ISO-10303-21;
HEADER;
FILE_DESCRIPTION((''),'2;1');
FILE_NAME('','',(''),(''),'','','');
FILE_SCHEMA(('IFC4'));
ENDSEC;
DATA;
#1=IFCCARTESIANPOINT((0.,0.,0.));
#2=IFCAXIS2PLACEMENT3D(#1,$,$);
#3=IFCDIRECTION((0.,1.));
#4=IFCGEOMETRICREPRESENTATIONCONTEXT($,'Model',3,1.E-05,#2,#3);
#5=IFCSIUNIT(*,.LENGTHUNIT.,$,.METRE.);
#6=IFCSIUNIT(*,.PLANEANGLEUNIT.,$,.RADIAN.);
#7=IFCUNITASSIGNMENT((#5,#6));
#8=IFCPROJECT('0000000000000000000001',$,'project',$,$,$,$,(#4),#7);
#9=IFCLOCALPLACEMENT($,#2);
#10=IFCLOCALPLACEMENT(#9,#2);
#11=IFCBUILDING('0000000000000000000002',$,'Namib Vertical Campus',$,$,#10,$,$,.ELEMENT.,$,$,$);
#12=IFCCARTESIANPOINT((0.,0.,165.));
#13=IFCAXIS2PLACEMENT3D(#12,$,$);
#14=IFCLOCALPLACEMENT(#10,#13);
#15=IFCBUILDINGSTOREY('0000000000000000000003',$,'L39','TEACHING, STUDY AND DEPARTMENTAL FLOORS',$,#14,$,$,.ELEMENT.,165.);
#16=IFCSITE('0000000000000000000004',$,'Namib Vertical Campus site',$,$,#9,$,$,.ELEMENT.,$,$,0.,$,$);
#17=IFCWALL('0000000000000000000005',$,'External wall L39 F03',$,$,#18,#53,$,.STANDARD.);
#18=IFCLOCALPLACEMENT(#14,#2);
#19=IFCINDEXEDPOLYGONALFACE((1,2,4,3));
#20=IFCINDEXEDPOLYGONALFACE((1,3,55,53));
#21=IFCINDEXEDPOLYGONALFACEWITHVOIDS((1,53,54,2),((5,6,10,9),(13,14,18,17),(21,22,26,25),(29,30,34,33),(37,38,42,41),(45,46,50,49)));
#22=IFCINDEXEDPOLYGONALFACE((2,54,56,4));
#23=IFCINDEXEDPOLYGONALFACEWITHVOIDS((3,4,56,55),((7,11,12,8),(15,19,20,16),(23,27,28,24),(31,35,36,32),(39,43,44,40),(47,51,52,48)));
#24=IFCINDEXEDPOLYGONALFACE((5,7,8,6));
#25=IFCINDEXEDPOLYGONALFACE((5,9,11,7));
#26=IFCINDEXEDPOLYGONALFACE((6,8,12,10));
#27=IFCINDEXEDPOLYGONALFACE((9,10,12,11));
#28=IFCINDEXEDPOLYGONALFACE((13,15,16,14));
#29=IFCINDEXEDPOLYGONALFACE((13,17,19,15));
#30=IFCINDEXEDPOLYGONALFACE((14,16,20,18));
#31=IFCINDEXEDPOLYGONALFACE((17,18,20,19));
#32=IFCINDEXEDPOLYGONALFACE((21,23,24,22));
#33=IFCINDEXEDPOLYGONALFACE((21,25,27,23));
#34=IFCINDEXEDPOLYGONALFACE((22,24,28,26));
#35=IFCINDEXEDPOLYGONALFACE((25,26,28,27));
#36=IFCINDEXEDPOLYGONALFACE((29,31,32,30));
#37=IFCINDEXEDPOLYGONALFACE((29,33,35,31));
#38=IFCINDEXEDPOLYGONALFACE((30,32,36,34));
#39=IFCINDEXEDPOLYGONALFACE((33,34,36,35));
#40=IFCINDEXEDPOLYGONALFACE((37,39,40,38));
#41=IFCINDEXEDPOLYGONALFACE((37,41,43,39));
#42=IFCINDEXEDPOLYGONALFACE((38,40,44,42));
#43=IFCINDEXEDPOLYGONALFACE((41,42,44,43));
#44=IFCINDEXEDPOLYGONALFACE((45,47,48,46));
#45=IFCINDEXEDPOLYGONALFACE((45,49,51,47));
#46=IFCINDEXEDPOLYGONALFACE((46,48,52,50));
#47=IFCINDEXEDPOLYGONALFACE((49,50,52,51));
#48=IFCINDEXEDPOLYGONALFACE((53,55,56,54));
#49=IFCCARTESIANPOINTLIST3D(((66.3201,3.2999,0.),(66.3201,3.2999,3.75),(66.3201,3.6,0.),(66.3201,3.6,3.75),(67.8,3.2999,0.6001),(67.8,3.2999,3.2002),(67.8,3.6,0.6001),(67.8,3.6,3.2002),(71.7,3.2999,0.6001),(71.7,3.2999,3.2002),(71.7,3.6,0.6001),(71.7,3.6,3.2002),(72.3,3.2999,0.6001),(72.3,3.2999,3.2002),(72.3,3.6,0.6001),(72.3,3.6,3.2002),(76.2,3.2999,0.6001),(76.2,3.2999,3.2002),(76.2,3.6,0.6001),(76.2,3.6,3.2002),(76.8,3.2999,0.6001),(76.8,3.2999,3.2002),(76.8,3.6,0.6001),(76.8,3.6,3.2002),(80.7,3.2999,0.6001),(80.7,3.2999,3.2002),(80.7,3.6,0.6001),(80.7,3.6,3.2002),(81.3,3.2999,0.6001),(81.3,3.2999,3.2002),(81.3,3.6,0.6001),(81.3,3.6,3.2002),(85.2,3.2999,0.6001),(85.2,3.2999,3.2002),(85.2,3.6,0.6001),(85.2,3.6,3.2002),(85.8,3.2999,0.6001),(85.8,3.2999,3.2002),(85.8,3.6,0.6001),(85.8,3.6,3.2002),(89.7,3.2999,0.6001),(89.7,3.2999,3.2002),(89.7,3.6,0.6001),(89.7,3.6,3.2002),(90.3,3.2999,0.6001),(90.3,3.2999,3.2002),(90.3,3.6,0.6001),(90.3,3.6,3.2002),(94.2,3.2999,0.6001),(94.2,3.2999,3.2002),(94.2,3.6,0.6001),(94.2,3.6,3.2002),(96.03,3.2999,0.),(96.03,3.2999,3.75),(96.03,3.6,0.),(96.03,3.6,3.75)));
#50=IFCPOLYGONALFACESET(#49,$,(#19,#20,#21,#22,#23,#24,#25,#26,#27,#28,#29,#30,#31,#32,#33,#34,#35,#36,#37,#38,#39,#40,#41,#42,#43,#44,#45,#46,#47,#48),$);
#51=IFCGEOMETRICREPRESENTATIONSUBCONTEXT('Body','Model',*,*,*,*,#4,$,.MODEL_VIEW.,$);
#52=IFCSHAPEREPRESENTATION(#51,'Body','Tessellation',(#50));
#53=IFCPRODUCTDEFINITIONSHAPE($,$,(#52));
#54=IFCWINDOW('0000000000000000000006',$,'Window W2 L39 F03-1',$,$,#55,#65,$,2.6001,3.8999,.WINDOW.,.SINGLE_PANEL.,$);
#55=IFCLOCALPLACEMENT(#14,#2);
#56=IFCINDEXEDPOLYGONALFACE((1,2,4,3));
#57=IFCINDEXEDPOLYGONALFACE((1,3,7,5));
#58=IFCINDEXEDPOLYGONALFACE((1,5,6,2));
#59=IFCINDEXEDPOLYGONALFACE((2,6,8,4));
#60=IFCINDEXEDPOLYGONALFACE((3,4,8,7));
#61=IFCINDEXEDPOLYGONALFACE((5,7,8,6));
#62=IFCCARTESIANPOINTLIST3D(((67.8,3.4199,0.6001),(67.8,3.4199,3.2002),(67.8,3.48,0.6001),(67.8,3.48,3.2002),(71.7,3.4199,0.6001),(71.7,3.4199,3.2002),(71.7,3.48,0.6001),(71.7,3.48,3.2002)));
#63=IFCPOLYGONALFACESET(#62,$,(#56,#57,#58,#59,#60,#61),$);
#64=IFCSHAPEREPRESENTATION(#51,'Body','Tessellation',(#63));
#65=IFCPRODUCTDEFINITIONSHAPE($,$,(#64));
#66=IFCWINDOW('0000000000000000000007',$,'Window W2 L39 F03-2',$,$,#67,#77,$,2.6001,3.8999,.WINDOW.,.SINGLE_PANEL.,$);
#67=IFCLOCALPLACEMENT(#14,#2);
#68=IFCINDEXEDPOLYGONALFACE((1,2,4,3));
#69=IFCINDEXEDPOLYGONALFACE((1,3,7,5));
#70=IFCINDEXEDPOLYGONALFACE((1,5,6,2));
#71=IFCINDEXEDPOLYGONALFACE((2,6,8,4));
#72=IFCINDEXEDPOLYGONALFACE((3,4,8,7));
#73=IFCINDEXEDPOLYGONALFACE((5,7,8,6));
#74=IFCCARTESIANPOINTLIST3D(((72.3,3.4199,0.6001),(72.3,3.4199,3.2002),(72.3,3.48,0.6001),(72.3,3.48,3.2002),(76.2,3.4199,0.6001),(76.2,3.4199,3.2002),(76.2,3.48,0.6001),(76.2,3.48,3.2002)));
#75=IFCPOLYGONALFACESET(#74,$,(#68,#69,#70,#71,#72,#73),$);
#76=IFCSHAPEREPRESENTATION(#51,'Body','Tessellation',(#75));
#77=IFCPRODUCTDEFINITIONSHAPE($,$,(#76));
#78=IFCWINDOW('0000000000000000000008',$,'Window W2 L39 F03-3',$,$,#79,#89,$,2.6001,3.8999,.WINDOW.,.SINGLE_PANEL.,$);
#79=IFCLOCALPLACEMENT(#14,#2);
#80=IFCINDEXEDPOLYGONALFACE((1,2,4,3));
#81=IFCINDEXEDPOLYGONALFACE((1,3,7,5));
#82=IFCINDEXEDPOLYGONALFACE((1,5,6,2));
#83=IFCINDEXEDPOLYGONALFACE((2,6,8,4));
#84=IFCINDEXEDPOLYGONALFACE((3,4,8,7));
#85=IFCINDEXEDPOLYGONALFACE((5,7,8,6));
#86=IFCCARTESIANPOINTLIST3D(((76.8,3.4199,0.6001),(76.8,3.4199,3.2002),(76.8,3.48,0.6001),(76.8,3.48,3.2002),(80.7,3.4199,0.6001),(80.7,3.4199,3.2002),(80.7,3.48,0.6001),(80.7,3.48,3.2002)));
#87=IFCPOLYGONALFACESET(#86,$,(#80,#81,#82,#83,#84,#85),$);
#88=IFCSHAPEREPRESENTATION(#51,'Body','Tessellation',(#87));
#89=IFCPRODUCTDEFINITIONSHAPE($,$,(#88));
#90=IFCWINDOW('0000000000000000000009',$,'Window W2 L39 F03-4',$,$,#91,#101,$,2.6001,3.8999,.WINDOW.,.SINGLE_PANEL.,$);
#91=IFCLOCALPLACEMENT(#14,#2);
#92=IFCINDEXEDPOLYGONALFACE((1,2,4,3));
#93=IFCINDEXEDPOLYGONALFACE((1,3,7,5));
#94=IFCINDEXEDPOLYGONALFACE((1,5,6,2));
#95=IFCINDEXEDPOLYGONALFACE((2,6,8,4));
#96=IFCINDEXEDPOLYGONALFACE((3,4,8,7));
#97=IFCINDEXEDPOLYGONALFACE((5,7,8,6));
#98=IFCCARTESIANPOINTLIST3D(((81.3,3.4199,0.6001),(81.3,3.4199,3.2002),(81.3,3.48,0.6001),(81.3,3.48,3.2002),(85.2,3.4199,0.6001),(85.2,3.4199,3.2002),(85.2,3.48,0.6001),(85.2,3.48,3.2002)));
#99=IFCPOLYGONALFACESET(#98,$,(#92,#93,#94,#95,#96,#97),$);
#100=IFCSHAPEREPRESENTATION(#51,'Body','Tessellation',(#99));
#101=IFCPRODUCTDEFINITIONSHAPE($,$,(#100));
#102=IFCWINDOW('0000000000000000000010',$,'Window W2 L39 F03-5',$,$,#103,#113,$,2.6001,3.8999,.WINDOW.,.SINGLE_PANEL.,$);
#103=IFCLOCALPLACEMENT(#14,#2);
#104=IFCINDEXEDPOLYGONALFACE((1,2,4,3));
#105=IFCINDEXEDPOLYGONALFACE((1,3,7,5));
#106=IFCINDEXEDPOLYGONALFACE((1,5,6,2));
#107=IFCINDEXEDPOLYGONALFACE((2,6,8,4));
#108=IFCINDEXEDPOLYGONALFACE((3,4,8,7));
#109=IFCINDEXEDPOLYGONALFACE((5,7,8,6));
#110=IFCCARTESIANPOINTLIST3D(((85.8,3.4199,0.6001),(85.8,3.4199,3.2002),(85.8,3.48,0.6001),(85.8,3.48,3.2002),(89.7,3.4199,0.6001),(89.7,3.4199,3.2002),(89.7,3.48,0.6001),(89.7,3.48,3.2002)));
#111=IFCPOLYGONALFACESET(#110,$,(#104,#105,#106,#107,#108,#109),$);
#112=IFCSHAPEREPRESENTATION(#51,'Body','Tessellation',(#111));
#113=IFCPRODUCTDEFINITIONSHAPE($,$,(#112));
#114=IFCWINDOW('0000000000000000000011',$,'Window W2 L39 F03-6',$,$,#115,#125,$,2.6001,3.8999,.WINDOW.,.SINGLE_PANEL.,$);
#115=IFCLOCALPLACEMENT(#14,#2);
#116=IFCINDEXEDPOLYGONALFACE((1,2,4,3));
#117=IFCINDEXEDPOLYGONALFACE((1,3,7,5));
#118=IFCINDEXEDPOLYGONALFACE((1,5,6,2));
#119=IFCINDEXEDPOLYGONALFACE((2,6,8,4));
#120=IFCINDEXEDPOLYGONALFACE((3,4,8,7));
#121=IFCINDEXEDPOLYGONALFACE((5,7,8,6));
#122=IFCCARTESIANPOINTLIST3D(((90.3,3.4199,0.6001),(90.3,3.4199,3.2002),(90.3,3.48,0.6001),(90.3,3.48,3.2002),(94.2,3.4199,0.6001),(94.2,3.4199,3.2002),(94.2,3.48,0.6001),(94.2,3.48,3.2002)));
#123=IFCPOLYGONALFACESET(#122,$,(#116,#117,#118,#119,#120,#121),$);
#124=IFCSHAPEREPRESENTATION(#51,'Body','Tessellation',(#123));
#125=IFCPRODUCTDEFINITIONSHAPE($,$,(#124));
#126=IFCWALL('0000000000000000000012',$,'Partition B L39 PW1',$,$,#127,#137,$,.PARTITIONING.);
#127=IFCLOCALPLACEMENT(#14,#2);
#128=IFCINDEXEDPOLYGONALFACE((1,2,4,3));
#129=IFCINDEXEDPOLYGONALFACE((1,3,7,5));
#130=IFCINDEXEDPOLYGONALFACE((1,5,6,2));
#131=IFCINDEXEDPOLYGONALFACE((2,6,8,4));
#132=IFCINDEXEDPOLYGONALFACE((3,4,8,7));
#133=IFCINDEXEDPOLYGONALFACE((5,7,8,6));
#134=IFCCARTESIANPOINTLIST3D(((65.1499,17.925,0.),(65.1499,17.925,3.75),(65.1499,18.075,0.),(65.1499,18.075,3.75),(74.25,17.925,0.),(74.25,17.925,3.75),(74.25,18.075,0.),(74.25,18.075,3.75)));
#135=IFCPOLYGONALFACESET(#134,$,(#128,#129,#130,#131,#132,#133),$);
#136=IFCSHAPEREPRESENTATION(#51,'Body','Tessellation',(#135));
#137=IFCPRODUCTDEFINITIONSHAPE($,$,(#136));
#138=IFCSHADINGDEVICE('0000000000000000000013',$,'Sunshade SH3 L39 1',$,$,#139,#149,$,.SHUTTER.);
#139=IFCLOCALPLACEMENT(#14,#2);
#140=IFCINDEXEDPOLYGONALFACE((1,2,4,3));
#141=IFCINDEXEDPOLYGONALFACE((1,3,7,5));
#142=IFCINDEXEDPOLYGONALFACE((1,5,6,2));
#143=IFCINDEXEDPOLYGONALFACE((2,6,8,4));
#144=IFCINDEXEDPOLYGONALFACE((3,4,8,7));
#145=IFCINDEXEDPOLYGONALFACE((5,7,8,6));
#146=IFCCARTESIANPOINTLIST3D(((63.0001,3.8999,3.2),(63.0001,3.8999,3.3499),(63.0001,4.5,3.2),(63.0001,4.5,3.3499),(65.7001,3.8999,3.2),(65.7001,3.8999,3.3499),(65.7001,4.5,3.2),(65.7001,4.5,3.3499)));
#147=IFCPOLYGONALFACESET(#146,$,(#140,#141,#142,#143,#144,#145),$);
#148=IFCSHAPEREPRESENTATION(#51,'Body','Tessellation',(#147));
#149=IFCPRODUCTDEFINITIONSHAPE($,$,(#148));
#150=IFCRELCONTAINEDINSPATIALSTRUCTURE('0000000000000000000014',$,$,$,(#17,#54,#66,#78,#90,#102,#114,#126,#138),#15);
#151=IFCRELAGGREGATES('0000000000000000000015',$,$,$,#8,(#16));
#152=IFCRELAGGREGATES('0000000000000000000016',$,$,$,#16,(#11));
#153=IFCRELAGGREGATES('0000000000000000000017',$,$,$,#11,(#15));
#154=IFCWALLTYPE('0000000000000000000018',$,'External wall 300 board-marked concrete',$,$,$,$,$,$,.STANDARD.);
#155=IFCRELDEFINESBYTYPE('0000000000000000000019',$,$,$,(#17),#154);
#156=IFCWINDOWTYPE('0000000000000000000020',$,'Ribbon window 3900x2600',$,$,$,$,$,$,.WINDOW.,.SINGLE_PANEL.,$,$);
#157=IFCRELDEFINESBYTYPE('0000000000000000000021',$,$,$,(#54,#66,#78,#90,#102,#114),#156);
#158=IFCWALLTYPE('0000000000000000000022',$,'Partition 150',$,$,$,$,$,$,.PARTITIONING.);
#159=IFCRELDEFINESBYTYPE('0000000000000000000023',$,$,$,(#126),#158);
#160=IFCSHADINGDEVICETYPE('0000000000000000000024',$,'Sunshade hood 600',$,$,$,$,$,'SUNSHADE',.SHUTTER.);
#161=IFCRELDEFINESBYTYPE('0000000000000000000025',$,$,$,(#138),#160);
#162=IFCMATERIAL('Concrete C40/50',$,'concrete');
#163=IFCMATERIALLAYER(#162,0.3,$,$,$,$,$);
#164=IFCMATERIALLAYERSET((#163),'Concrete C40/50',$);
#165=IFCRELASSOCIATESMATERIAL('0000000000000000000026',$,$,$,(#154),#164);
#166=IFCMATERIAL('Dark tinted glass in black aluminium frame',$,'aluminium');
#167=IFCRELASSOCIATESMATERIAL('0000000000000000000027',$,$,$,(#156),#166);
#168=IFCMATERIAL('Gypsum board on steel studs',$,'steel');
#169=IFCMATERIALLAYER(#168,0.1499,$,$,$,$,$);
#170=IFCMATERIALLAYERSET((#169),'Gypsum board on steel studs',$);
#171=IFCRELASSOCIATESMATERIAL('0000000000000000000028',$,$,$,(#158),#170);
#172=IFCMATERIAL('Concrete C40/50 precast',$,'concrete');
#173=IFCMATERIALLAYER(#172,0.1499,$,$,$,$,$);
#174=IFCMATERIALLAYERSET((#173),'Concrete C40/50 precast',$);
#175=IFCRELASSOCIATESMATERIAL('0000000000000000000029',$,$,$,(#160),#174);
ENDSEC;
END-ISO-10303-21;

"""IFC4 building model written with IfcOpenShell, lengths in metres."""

from ifc_helpers import new_model, si_unit, direction, frame, frame_2d, origin, origin_2d, place, context, subcontext, project, spatial, rectangle, extrude, material, layer, layer_set, type_object, element, fill, save


model = new_model("IFC4")

# Units and contexts
model_context = context("Model", 3, precision=1e-05, world=origin(), true_north=direction((0.0, 1.0)))
body_context = subcontext(model_context, "Body", "Model", "MODEL_VIEW")
ifc_project = project(units=[si_unit("LENGTHUNIT", "METRE"), si_unit("PLANEANGLEUNIT", "RADIAN")], contexts=[model_context])

# Site, building, storey
site_placement = place(None, origin())
site = spatial("IfcSite", under=ifc_project, at=site_placement, Name="Namib Vertical Campus site", CompositionType="ELEMENT", RefElevation=0.0)
building_placement = place(site_placement, origin())
building = spatial("IfcBuilding", under=site, at=building_placement, Name="Namib Vertical Campus", CompositionType="ELEMENT")
storey_placement = place(building_placement, frame((0.0, 0.0, 165.0)))
storey = spatial("IfcBuildingStorey", under=building, at=storey_placement, Name="L39", Description="TEACHING, STUDY AND DEPARTMENTAL FLOORS", CompositionType="ELEMENT", Elevation=165.0)

# Shared definitions
ifc_material_1 = material(Name="Concrete C40/50", Category="concrete")
ifc_layer_1 = layer(ifc_material_1, 0.3)
ifc_layer_set_1 = layer_set([ifc_layer_1], Name="Concrete C40/50")
wall_type_1 = type_object("IfcWallType", Name="External wall 300 board-marked concrete", PredefinedType="STANDARD", material=ifc_layer_set_1)

# Wall, openings, windows
wall_1_placement = place(storey_placement, frame((66.3201, 3.45, 0.0), z_axis=(0.0, 0.0, 1.0), x_axis=(1.0, 0.0, 0.0)))
wall_1 = element("IfcWall", 1, at=wall_1_placement, inside=storey, type_object=wall_type_1, Name="External wall L39 F03", PredefinedType="STANDARD", context=body_context, shape_type="SweptSolid", body=[
    extrude(rectangle(XDim=29.71, YDim=0.3, at=frame_2d((14.855, 0.0))), origin(), (0.0, 0.0, 1.0), 3.75),
])
opening_1_placement = place(wall_1_placement, frame((1.48, 0.0, 0.6001)))
opening_1 = element("IfcOpeningElement", 2, at=opening_1_placement, cuts=wall_1, PredefinedType="OPENING", context=body_context, shape_type="SweptSolid", body=[
    extrude(rectangle(XDim=3.8999, YDim=2.6001, at=frame_2d((1.95, 1.3))), frame((0.0, 0.1599, 0.0), z_axis=(0.0, -1.0, 0.0), x_axis=(1.0, 0.0, 0.0)), (0.0, 0.0, 1.0), 0.3201),
])
opening_2_placement = place(wall_1_placement, frame((5.98, 0.0, 0.6001)))
opening_2 = element("IfcOpeningElement", 3, at=opening_2_placement, cuts=wall_1, PredefinedType="OPENING", context=body_context, shape_type="SweptSolid", body=[
    extrude(rectangle(XDim=3.8999, YDim=2.6001, at=frame_2d((1.95, 1.3))), frame((0.0, 0.1599, 0.0), z_axis=(0.0, -1.0, 0.0), x_axis=(1.0, 0.0, 0.0)), (0.0, 0.0, 1.0), 0.3201),
])
opening_3_placement = place(wall_1_placement, frame((10.48, 0.0, 0.6001)))
opening_3 = element("IfcOpeningElement", 4, at=opening_3_placement, cuts=wall_1, PredefinedType="OPENING", context=body_context, shape_type="SweptSolid", body=[
    extrude(rectangle(XDim=3.8999, YDim=2.6001, at=frame_2d((1.95, 1.3))), frame((0.0, 0.1599, 0.0), z_axis=(0.0, -1.0, 0.0), x_axis=(1.0, 0.0, 0.0)), (0.0, 0.0, 1.0), 0.3201),
])
opening_4_placement = place(wall_1_placement, frame((14.98, 0.0, 0.6001)))
opening_4 = element("IfcOpeningElement", 5, at=opening_4_placement, cuts=wall_1, PredefinedType="OPENING", context=body_context, shape_type="SweptSolid", body=[
    extrude(rectangle(XDim=3.8999, YDim=2.6001, at=frame_2d((1.95, 1.3))), frame((0.0, 0.1599, 0.0), z_axis=(0.0, -1.0, 0.0), x_axis=(1.0, 0.0, 0.0)), (0.0, 0.0, 1.0), 0.3201),
])
opening_5_placement = place(wall_1_placement, frame((19.48, 0.0, 0.6001)))
opening_5 = element("IfcOpeningElement", 6, at=opening_5_placement, cuts=wall_1, PredefinedType="OPENING", context=body_context, shape_type="SweptSolid", body=[
    extrude(rectangle(XDim=3.8999, YDim=2.6001, at=frame_2d((1.95, 1.3))), frame((0.0, 0.1599, 0.0), z_axis=(0.0, -1.0, 0.0), x_axis=(1.0, 0.0, 0.0)), (0.0, 0.0, 1.0), 0.3201),
])
opening_6_placement = place(wall_1_placement, frame((23.98, 0.0, 0.6001)))
opening_6 = element("IfcOpeningElement", 7, at=opening_6_placement, cuts=wall_1, PredefinedType="OPENING", context=body_context, shape_type="SweptSolid", body=[
    extrude(rectangle(XDim=3.8999, YDim=2.6001, at=frame_2d((1.95, 1.3))), frame((0.0, 0.1599, 0.0), z_axis=(0.0, -1.0, 0.0), x_axis=(1.0, 0.0, 0.0)), (0.0, 0.0, 1.0), 0.3201),
])
ifc_material_2 = material(Name="Dark tinted glass in black aluminium frame", Category="aluminium")
window_type = type_object("IfcWindowType", Name="Ribbon window 3900x2600", PartitioningType="SINGLE_PANEL", PredefinedType="WINDOW", material=ifc_material_2)
window_1_placement = place(opening_1_placement, origin())
window_1 = element("IfcWindow", 8, at=window_1_placement, inside=storey, type_object=window_type, Name="Window W2 L39 F03-1", OverallHeight=2.6001, OverallWidth=3.8999, PartitioningType="SINGLE_PANEL", PredefinedType="WINDOW", context=body_context, shape_type="SweptSolid", body=[
    extrude(rectangle(XDim=3.8999, YDim=2.6001, at=frame_2d((1.95, 1.3))), frame((0.0, 0.03, 0.0), z_axis=(0.0, -1.0, 0.0), x_axis=(1.0, 0.0, 0.0)), (0.0, 0.0, 1.0), 0.0601),
])
fill(opening_1, window_1)
window_2_placement = place(opening_2_placement, origin())
window_2 = element("IfcWindow", 9, at=window_2_placement, inside=storey, type_object=window_type, Name="Window W2 L39 F03-2", OverallHeight=2.6001, OverallWidth=3.8999, PartitioningType="SINGLE_PANEL", PredefinedType="WINDOW", context=body_context, shape_type="SweptSolid", body=[
    extrude(rectangle(XDim=3.8999, YDim=2.6001, at=frame_2d((1.95, 1.3))), frame((0.0, 0.03, 0.0), z_axis=(0.0, -1.0, 0.0), x_axis=(1.0, 0.0, 0.0)), (0.0, 0.0, 1.0), 0.0601),
])
fill(opening_2, window_2)
window_3_placement = place(opening_3_placement, origin())
window_3 = element("IfcWindow", 10, at=window_3_placement, inside=storey, type_object=window_type, Name="Window W2 L39 F03-3", OverallHeight=2.6001, OverallWidth=3.8999, PartitioningType="SINGLE_PANEL", PredefinedType="WINDOW", context=body_context, shape_type="SweptSolid", body=[
    extrude(rectangle(XDim=3.8999, YDim=2.6001, at=frame_2d((1.95, 1.3))), frame((0.0, 0.03, 0.0), z_axis=(0.0, -1.0, 0.0), x_axis=(1.0, 0.0, 0.0)), (0.0, 0.0, 1.0), 0.0601),
])
fill(opening_3, window_3)
window_4_placement = place(opening_4_placement, origin())
window_4 = element("IfcWindow", 11, at=window_4_placement, inside=storey, type_object=window_type, Name="Window W2 L39 F03-4", OverallHeight=2.6001, OverallWidth=3.8999, PartitioningType="SINGLE_PANEL", PredefinedType="WINDOW", context=body_context, shape_type="SweptSolid", body=[
    extrude(rectangle(XDim=3.8999, YDim=2.6001, at=frame_2d((1.95, 1.3))), frame((0.0, 0.03, 0.0), z_axis=(0.0, -1.0, 0.0), x_axis=(1.0, 0.0, 0.0)), (0.0, 0.0, 1.0), 0.0601),
])
fill(opening_4, window_4)
window_5_placement = place(opening_5_placement, origin())
window_5 = element("IfcWindow", 12, at=window_5_placement, inside=storey, type_object=window_type, Name="Window W2 L39 F03-5", OverallHeight=2.6001, OverallWidth=3.8999, PartitioningType="SINGLE_PANEL", PredefinedType="WINDOW", context=body_context, shape_type="SweptSolid", body=[
    extrude(rectangle(XDim=3.8999, YDim=2.6001, at=frame_2d((1.95, 1.3))), frame((0.0, 0.03, 0.0), z_axis=(0.0, -1.0, 0.0), x_axis=(1.0, 0.0, 0.0)), (0.0, 0.0, 1.0), 0.0601),
])
fill(opening_5, window_5)
window_6_placement = place(opening_6_placement, origin())
window_6 = element("IfcWindow", 13, at=window_6_placement, inside=storey, type_object=window_type, Name="Window W2 L39 F03-6", OverallHeight=2.6001, OverallWidth=3.8999, PartitioningType="SINGLE_PANEL", PredefinedType="WINDOW", context=body_context, shape_type="SweptSolid", body=[
    extrude(rectangle(XDim=3.8999, YDim=2.6001, at=frame_2d((1.95, 1.3))), frame((0.0, 0.03, 0.0), z_axis=(0.0, -1.0, 0.0), x_axis=(1.0, 0.0, 0.0)), (0.0, 0.0, 1.0), 0.0601),
])
fill(opening_6, window_6)

# Wall
ifc_material_3 = material(Name="Gypsum board on steel studs", Category="steel")
ifc_layer_2 = layer(ifc_material_3, 0.1499)
ifc_layer_set_2 = layer_set([ifc_layer_2], Name="Gypsum board on steel studs")
wall_type_2 = type_object("IfcWallType", Name="Partition 150", PredefinedType="PARTITIONING", material=ifc_layer_set_2)
wall_2_placement = place(storey_placement, frame((65.1499, 18.0, 0.0), z_axis=(0.0, 0.0, 1.0), x_axis=(1.0, 0.0, 0.0)))
element("IfcWall", 14, at=wall_2_placement, inside=storey, type_object=wall_type_2, Name="Partition B L39 PW1", PredefinedType="PARTITIONING", context=body_context, shape_type="SweptSolid", body=[
    extrude(rectangle(XDim=9.1001, YDim=0.1499, at=frame_2d((4.55, 0.0))), origin(), (0.0, 0.0, 1.0), 3.75),
])

# Shading device
ifc_material_4 = material(Name="Concrete C40/50 precast", Category="concrete")
ifc_layer_3 = layer(ifc_material_4, 0.1499)
ifc_layer_set_3 = layer_set([ifc_layer_3], Name="Concrete C40/50 precast")
shading_device_type = type_object("IfcShadingDeviceType", Name="Sunshade hood 600", ElementType="SUNSHADE", PredefinedType="SHUTTER", material=ifc_layer_set_3)
shading_device_placement = place(storey_placement, frame((64.3501, 4.2, 3.2), z_axis=(0.0, 0.0, 1.0), x_axis=(1.0, 0.0, 0.0)))
element("IfcShadingDevice", 15, at=shading_device_placement, inside=storey, type_object=shading_device_type, Name="Sunshade SH3 L39 1", PredefinedType="SHUTTER", context=body_context, shape_type="SweptSolid", body=[
    extrude(rectangle(XDim=2.7, YDim=0.6001, at=origin_2d()), origin(), (0.0, 0.0, 1.0), 0.1499),
])

save(model, "model.ifc")
